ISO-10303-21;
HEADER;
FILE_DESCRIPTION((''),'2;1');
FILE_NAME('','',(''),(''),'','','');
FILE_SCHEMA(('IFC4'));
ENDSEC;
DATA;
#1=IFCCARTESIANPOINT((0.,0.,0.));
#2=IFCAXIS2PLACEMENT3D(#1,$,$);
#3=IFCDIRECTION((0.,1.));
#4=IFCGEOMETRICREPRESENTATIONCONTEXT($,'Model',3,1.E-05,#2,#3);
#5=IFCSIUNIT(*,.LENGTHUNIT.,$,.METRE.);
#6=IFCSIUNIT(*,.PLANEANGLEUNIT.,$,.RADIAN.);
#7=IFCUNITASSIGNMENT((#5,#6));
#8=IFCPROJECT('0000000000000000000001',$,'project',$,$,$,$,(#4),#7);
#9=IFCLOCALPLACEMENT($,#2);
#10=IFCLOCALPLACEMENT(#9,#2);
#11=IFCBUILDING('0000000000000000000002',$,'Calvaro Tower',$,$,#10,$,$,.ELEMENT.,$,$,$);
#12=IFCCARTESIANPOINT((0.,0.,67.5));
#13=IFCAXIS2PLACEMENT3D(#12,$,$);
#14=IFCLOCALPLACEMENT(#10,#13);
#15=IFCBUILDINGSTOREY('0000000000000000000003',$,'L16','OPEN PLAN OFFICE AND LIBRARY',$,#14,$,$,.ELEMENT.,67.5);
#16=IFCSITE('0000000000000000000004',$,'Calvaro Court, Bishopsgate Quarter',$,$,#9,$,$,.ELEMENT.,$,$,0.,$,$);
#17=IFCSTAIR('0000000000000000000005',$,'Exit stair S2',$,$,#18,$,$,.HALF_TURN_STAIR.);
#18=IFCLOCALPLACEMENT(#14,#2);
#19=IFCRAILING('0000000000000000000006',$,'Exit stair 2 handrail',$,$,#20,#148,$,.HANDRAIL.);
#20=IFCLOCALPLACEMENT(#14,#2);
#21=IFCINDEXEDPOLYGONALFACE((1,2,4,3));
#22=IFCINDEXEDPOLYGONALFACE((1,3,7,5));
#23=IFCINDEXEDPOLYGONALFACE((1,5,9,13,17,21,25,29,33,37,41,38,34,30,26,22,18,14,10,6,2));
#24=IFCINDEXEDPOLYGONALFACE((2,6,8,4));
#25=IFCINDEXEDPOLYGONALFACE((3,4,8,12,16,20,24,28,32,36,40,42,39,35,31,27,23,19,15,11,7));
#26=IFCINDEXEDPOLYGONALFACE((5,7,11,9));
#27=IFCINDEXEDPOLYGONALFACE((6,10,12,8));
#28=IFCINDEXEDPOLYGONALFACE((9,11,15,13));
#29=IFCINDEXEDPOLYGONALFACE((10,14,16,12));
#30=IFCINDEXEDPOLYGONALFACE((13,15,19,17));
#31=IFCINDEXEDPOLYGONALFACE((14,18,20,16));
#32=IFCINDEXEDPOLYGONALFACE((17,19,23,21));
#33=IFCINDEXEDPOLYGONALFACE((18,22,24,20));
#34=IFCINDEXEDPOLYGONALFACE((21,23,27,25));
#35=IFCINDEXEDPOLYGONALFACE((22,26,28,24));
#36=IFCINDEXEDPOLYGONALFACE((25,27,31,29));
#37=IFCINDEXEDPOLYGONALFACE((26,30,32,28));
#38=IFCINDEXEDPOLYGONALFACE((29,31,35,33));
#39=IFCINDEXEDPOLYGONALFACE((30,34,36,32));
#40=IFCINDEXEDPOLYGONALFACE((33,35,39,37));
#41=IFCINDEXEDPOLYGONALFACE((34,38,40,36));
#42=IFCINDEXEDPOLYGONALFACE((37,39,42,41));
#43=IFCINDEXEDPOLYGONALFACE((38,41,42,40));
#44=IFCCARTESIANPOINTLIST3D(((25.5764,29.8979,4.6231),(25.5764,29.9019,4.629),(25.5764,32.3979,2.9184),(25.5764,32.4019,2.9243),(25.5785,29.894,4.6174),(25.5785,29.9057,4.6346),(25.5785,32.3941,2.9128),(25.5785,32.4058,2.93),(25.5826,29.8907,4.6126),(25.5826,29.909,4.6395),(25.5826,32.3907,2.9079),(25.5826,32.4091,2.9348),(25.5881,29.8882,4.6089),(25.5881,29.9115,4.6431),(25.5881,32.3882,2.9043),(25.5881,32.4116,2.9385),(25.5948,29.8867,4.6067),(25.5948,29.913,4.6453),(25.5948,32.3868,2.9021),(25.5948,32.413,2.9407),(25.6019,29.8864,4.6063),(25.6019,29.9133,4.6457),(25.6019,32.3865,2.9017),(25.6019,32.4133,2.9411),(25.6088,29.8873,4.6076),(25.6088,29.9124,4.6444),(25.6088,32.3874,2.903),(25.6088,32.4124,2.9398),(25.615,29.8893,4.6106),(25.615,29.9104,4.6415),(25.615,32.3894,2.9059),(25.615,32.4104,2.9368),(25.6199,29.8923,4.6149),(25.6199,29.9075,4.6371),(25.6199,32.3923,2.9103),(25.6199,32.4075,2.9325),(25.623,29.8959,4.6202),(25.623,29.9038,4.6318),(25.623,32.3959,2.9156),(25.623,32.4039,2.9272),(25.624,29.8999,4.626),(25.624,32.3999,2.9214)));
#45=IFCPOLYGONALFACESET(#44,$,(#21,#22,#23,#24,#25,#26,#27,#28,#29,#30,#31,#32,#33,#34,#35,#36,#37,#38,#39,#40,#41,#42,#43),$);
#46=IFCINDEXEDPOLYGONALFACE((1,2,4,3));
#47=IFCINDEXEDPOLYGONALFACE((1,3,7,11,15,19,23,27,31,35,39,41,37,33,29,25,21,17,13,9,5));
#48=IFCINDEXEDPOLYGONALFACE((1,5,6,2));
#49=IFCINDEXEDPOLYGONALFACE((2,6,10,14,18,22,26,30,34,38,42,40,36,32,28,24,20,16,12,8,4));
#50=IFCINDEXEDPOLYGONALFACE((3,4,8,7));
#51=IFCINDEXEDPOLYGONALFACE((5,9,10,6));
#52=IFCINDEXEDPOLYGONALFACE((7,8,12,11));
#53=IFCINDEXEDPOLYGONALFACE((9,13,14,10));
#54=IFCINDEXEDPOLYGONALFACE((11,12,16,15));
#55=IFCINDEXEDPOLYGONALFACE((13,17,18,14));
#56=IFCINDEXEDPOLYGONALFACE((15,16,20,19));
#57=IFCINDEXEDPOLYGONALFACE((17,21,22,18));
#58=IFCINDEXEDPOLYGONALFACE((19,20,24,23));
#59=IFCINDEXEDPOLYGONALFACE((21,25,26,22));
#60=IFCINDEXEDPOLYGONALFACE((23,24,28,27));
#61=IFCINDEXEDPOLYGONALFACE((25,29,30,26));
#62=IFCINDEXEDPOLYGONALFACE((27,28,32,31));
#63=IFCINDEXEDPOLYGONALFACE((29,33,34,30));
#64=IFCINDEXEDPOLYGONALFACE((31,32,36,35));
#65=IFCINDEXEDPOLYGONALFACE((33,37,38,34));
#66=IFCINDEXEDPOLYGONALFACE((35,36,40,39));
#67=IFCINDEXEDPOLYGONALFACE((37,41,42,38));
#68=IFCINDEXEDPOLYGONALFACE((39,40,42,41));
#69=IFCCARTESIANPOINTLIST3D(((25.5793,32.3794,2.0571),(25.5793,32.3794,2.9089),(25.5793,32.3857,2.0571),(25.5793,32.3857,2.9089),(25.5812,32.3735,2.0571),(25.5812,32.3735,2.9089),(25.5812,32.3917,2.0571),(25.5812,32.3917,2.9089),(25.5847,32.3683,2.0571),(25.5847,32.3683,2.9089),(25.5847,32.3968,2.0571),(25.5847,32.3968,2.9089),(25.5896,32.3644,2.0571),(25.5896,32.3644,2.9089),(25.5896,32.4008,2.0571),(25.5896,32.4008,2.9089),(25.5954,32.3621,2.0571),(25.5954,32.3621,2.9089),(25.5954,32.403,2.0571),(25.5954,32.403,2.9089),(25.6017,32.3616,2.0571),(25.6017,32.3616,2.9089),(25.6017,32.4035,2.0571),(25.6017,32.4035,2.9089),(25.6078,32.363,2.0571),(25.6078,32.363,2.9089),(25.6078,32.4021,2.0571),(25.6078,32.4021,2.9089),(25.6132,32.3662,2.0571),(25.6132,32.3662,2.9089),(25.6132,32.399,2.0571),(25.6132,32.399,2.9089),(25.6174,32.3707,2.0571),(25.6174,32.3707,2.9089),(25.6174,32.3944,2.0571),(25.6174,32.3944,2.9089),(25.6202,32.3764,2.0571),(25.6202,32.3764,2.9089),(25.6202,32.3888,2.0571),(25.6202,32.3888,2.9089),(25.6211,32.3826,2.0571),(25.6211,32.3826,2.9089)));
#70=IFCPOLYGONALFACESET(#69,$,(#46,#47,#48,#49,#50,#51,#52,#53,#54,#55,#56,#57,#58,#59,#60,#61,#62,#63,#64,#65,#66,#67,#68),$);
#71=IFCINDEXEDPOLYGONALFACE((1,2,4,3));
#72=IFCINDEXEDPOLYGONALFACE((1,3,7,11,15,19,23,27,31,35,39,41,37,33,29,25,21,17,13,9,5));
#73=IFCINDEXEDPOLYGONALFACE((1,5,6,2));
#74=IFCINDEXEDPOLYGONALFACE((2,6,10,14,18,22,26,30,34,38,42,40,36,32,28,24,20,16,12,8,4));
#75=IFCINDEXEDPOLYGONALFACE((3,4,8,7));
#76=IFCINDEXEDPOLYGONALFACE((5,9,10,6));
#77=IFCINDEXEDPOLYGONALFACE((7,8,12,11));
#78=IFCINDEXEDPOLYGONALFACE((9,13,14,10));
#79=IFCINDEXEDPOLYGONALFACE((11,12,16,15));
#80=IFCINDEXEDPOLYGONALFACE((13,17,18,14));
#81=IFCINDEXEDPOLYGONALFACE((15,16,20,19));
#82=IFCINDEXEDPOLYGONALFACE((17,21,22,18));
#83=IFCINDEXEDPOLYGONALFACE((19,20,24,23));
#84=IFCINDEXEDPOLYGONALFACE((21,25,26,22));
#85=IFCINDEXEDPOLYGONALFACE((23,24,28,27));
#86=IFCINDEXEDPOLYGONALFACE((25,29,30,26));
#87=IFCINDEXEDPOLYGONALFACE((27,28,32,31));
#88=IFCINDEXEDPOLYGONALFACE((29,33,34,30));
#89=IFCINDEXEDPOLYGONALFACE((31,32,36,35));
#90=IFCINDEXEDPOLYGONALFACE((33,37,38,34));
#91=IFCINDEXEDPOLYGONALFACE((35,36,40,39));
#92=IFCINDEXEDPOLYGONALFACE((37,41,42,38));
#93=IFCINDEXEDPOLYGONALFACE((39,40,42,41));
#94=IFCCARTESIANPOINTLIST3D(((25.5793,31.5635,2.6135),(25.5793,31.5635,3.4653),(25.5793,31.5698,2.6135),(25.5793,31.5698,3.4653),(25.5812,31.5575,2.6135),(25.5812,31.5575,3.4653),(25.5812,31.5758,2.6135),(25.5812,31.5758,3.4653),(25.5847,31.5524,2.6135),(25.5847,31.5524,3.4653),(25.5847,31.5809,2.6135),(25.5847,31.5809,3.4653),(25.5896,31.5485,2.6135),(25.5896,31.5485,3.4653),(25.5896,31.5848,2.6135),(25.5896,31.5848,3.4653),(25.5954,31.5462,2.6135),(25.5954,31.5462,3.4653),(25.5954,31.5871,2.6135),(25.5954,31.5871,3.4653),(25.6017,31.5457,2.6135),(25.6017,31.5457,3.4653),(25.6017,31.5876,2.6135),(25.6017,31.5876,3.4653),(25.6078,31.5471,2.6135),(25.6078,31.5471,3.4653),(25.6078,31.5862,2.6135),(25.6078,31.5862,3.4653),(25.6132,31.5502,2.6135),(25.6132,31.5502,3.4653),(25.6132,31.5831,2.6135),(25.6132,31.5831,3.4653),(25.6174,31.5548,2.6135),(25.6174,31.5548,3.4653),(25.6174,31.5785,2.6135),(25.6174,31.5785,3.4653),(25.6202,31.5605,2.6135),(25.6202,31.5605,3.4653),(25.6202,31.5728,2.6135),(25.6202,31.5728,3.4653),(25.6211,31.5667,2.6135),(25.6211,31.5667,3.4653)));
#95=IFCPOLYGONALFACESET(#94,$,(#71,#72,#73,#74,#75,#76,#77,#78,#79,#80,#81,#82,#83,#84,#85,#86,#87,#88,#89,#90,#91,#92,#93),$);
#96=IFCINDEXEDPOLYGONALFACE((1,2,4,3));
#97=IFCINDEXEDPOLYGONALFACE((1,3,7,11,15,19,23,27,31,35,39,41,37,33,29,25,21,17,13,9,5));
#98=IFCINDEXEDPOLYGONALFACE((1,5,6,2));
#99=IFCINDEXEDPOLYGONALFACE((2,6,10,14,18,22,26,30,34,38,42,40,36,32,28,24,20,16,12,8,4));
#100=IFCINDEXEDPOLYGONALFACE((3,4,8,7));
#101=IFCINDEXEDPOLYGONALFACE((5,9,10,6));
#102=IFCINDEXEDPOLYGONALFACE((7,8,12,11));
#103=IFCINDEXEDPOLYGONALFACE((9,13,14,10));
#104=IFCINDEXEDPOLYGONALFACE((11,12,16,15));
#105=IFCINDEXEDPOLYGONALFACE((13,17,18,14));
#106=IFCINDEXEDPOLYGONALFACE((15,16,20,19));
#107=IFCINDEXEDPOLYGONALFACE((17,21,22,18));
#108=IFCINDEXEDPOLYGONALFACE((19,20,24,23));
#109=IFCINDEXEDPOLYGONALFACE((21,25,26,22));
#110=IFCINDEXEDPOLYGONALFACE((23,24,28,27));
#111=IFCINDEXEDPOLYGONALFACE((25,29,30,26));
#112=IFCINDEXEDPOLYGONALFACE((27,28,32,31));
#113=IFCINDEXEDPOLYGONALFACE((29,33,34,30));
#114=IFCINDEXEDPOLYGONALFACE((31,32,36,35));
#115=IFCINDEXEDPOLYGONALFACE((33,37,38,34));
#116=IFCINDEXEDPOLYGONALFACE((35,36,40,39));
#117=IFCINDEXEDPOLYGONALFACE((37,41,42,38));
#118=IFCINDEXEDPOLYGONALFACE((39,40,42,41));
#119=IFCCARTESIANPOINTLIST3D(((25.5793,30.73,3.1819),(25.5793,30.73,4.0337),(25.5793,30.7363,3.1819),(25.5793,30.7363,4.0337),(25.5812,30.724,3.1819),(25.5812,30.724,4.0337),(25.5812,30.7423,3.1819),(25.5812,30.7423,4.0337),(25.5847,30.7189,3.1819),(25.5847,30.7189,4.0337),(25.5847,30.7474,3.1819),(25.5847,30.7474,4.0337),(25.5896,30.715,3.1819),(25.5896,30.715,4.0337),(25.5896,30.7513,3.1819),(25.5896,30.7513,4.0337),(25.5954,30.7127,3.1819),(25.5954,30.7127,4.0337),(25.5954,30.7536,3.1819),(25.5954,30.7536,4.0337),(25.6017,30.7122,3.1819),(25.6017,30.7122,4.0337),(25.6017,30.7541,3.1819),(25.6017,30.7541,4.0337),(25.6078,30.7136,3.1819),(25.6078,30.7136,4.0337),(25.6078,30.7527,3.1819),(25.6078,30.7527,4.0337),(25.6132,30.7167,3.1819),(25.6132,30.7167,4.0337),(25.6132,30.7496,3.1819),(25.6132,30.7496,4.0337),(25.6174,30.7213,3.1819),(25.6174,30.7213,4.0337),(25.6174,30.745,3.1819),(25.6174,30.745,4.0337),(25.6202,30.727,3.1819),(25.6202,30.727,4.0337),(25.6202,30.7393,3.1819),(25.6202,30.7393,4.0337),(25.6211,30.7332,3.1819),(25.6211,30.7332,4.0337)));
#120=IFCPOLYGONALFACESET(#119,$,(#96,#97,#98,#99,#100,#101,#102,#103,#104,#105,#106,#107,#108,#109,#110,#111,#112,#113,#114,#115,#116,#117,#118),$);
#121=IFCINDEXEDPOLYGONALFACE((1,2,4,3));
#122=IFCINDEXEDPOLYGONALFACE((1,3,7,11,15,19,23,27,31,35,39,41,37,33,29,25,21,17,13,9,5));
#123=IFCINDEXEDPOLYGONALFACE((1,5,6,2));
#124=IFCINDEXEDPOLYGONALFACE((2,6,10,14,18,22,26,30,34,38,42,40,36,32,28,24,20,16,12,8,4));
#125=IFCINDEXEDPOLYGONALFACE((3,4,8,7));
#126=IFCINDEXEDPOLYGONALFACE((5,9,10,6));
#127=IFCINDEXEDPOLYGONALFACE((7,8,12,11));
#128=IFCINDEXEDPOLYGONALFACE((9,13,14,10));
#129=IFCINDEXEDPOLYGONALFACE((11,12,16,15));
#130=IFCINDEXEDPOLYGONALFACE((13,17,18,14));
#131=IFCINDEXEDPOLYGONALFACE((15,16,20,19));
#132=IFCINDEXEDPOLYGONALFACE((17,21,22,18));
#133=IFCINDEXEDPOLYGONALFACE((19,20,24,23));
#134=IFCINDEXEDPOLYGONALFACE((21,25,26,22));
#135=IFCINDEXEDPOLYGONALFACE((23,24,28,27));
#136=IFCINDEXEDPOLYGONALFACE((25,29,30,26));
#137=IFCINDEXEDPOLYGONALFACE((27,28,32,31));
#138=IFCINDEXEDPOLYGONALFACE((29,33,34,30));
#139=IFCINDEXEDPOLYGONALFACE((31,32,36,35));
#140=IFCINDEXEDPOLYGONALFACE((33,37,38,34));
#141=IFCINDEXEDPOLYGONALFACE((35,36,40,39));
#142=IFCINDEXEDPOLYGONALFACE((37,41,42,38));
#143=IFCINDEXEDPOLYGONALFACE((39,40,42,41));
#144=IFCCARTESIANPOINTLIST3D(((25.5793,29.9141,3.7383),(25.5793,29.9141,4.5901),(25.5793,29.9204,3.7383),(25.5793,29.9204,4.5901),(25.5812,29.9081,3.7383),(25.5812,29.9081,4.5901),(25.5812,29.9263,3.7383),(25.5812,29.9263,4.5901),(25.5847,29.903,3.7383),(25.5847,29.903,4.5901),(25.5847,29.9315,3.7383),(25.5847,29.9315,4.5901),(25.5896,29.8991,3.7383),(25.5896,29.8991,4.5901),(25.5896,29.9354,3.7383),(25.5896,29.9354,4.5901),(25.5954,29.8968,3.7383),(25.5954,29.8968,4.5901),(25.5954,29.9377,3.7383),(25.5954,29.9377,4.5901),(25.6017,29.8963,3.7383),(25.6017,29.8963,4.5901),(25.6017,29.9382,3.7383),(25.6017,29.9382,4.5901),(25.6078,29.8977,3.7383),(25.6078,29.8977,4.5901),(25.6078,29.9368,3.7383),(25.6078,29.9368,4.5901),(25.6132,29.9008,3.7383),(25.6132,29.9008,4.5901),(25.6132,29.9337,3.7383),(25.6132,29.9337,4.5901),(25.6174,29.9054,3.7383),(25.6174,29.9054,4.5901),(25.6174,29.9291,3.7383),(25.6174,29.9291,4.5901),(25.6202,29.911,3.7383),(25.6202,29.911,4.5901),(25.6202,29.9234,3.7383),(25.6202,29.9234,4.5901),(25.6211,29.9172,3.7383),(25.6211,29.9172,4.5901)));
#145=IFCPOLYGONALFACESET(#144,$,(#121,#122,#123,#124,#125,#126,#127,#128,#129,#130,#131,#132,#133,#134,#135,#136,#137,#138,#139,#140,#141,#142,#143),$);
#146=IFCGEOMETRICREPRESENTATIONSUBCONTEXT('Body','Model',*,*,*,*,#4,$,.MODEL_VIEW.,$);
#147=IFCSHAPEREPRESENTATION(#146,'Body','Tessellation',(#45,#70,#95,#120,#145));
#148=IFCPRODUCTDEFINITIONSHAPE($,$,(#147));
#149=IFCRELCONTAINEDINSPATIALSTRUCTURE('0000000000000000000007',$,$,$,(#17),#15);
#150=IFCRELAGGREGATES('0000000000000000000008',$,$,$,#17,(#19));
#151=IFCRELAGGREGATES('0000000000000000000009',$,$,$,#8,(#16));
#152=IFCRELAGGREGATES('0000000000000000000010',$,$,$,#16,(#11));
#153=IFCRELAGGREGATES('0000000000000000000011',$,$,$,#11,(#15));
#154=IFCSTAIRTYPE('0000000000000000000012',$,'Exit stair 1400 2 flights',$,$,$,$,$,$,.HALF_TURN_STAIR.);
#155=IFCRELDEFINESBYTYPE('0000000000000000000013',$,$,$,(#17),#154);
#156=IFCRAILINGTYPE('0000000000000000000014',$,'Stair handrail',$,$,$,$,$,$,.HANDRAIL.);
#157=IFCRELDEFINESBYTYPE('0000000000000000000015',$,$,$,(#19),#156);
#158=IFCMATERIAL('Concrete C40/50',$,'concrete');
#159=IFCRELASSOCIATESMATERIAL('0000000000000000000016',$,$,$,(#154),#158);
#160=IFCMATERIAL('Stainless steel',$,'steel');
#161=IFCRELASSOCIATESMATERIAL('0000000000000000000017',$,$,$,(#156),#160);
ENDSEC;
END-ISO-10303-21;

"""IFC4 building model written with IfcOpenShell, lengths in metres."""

from ifc_helpers import new_model, si_unit, direction, frame, origin, origin_2d, place, context, subcontext, project, spatial, circle, extrude, material, type_object, element, aggregate, save


model = new_model("IFC4")

# Units and contexts
model_context = context("Model", 3, precision=1e-05, world=origin(), true_north=direction((0.0, 1.0)))
body_context = subcontext(model_context, "Body", "Model", "MODEL_VIEW")
ifc_project = project(units=[si_unit("LENGTHUNIT", "METRE"), si_unit("PLANEANGLEUNIT", "RADIAN")], contexts=[model_context])

# Site, building, storey
site_placement = place(None, origin())
site = spatial("IfcSite", under=ifc_project, at=site_placement, Name="Calvaro Court, Bishopsgate Quarter", CompositionType="ELEMENT", RefElevation=0.0)
building_placement = place(site_placement, origin())
building = spatial("IfcBuilding", under=site, at=building_placement, Name="Calvaro Tower", CompositionType="ELEMENT")
storey_placement = place(building_placement, frame((0.0, 0.0, 67.5)))
storey = spatial("IfcBuildingStorey", under=building, at=storey_placement, Name="L16", Description="OPEN PLAN OFFICE AND LIBRARY", CompositionType="ELEMENT", Elevation=67.5)

# Stair, railing
ifc_material_1 = material(Name="Concrete C40/50", Category="concrete")
stair_type = type_object("IfcStairType", Name="Exit stair 1400 2 flights", PredefinedType="HALF_TURN_STAIR", material=ifc_material_1)
stair_placement = place(storey_placement, origin())
stair = element("IfcStair", 1, at=stair_placement, inside=storey, type_object=stair_type, Name="Exit stair S2", PredefinedType="HALF_TURN_STAIR")
ifc_material_2 = material(Name="Stainless steel", Category="steel")
railing_type = type_object("IfcRailingType", Name="Stair handrail", PredefinedType="HANDRAIL", material=ifc_material_2)
railing_1_placement = place(storey_placement, frame((25.6001, 32.3999, 2.0454)))
railing_1 = element("IfcRailing", 2, at=railing_1_placement, type_object=railing_type, Name="Exit stair 2 handrail", PredefinedType="HANDRAIL", context=body_context, shape_type="SweptSolid", body=[
    extrude(circle(Radius=0.0239, at=origin_2d()), frame((0.0, 0.0, 0.876), z_axis=(0.0, -0.826221, 0.563347), x_axis=(1.0, 0.0, 0.0)), (0.0, 0.0, 1.0), 3.0259),
    extrude(circle(Radius=0.021, at=origin_2d()), frame((0.0, -0.0173, 0.0117)), (0.0, 0.0, 1.0), 0.8518),
    extrude(circle(Radius=0.021, at=origin_2d()), frame((0.0, -0.8333, 0.5681)), (0.0, 0.0, 1.0), 0.8518),
    extrude(circle(Radius=0.021, at=origin_2d()), frame((0.0, -1.6667, 1.1365)), (0.0, 0.0, 1.0), 0.8518),
    extrude(circle(Radius=0.021, at=origin_2d()), frame((0.0, -2.4827, 1.6929)), (0.0, 0.0, 1.0), 0.8518),
])
aggregate(stair, [railing_1])

save(model, "model.ifc")
